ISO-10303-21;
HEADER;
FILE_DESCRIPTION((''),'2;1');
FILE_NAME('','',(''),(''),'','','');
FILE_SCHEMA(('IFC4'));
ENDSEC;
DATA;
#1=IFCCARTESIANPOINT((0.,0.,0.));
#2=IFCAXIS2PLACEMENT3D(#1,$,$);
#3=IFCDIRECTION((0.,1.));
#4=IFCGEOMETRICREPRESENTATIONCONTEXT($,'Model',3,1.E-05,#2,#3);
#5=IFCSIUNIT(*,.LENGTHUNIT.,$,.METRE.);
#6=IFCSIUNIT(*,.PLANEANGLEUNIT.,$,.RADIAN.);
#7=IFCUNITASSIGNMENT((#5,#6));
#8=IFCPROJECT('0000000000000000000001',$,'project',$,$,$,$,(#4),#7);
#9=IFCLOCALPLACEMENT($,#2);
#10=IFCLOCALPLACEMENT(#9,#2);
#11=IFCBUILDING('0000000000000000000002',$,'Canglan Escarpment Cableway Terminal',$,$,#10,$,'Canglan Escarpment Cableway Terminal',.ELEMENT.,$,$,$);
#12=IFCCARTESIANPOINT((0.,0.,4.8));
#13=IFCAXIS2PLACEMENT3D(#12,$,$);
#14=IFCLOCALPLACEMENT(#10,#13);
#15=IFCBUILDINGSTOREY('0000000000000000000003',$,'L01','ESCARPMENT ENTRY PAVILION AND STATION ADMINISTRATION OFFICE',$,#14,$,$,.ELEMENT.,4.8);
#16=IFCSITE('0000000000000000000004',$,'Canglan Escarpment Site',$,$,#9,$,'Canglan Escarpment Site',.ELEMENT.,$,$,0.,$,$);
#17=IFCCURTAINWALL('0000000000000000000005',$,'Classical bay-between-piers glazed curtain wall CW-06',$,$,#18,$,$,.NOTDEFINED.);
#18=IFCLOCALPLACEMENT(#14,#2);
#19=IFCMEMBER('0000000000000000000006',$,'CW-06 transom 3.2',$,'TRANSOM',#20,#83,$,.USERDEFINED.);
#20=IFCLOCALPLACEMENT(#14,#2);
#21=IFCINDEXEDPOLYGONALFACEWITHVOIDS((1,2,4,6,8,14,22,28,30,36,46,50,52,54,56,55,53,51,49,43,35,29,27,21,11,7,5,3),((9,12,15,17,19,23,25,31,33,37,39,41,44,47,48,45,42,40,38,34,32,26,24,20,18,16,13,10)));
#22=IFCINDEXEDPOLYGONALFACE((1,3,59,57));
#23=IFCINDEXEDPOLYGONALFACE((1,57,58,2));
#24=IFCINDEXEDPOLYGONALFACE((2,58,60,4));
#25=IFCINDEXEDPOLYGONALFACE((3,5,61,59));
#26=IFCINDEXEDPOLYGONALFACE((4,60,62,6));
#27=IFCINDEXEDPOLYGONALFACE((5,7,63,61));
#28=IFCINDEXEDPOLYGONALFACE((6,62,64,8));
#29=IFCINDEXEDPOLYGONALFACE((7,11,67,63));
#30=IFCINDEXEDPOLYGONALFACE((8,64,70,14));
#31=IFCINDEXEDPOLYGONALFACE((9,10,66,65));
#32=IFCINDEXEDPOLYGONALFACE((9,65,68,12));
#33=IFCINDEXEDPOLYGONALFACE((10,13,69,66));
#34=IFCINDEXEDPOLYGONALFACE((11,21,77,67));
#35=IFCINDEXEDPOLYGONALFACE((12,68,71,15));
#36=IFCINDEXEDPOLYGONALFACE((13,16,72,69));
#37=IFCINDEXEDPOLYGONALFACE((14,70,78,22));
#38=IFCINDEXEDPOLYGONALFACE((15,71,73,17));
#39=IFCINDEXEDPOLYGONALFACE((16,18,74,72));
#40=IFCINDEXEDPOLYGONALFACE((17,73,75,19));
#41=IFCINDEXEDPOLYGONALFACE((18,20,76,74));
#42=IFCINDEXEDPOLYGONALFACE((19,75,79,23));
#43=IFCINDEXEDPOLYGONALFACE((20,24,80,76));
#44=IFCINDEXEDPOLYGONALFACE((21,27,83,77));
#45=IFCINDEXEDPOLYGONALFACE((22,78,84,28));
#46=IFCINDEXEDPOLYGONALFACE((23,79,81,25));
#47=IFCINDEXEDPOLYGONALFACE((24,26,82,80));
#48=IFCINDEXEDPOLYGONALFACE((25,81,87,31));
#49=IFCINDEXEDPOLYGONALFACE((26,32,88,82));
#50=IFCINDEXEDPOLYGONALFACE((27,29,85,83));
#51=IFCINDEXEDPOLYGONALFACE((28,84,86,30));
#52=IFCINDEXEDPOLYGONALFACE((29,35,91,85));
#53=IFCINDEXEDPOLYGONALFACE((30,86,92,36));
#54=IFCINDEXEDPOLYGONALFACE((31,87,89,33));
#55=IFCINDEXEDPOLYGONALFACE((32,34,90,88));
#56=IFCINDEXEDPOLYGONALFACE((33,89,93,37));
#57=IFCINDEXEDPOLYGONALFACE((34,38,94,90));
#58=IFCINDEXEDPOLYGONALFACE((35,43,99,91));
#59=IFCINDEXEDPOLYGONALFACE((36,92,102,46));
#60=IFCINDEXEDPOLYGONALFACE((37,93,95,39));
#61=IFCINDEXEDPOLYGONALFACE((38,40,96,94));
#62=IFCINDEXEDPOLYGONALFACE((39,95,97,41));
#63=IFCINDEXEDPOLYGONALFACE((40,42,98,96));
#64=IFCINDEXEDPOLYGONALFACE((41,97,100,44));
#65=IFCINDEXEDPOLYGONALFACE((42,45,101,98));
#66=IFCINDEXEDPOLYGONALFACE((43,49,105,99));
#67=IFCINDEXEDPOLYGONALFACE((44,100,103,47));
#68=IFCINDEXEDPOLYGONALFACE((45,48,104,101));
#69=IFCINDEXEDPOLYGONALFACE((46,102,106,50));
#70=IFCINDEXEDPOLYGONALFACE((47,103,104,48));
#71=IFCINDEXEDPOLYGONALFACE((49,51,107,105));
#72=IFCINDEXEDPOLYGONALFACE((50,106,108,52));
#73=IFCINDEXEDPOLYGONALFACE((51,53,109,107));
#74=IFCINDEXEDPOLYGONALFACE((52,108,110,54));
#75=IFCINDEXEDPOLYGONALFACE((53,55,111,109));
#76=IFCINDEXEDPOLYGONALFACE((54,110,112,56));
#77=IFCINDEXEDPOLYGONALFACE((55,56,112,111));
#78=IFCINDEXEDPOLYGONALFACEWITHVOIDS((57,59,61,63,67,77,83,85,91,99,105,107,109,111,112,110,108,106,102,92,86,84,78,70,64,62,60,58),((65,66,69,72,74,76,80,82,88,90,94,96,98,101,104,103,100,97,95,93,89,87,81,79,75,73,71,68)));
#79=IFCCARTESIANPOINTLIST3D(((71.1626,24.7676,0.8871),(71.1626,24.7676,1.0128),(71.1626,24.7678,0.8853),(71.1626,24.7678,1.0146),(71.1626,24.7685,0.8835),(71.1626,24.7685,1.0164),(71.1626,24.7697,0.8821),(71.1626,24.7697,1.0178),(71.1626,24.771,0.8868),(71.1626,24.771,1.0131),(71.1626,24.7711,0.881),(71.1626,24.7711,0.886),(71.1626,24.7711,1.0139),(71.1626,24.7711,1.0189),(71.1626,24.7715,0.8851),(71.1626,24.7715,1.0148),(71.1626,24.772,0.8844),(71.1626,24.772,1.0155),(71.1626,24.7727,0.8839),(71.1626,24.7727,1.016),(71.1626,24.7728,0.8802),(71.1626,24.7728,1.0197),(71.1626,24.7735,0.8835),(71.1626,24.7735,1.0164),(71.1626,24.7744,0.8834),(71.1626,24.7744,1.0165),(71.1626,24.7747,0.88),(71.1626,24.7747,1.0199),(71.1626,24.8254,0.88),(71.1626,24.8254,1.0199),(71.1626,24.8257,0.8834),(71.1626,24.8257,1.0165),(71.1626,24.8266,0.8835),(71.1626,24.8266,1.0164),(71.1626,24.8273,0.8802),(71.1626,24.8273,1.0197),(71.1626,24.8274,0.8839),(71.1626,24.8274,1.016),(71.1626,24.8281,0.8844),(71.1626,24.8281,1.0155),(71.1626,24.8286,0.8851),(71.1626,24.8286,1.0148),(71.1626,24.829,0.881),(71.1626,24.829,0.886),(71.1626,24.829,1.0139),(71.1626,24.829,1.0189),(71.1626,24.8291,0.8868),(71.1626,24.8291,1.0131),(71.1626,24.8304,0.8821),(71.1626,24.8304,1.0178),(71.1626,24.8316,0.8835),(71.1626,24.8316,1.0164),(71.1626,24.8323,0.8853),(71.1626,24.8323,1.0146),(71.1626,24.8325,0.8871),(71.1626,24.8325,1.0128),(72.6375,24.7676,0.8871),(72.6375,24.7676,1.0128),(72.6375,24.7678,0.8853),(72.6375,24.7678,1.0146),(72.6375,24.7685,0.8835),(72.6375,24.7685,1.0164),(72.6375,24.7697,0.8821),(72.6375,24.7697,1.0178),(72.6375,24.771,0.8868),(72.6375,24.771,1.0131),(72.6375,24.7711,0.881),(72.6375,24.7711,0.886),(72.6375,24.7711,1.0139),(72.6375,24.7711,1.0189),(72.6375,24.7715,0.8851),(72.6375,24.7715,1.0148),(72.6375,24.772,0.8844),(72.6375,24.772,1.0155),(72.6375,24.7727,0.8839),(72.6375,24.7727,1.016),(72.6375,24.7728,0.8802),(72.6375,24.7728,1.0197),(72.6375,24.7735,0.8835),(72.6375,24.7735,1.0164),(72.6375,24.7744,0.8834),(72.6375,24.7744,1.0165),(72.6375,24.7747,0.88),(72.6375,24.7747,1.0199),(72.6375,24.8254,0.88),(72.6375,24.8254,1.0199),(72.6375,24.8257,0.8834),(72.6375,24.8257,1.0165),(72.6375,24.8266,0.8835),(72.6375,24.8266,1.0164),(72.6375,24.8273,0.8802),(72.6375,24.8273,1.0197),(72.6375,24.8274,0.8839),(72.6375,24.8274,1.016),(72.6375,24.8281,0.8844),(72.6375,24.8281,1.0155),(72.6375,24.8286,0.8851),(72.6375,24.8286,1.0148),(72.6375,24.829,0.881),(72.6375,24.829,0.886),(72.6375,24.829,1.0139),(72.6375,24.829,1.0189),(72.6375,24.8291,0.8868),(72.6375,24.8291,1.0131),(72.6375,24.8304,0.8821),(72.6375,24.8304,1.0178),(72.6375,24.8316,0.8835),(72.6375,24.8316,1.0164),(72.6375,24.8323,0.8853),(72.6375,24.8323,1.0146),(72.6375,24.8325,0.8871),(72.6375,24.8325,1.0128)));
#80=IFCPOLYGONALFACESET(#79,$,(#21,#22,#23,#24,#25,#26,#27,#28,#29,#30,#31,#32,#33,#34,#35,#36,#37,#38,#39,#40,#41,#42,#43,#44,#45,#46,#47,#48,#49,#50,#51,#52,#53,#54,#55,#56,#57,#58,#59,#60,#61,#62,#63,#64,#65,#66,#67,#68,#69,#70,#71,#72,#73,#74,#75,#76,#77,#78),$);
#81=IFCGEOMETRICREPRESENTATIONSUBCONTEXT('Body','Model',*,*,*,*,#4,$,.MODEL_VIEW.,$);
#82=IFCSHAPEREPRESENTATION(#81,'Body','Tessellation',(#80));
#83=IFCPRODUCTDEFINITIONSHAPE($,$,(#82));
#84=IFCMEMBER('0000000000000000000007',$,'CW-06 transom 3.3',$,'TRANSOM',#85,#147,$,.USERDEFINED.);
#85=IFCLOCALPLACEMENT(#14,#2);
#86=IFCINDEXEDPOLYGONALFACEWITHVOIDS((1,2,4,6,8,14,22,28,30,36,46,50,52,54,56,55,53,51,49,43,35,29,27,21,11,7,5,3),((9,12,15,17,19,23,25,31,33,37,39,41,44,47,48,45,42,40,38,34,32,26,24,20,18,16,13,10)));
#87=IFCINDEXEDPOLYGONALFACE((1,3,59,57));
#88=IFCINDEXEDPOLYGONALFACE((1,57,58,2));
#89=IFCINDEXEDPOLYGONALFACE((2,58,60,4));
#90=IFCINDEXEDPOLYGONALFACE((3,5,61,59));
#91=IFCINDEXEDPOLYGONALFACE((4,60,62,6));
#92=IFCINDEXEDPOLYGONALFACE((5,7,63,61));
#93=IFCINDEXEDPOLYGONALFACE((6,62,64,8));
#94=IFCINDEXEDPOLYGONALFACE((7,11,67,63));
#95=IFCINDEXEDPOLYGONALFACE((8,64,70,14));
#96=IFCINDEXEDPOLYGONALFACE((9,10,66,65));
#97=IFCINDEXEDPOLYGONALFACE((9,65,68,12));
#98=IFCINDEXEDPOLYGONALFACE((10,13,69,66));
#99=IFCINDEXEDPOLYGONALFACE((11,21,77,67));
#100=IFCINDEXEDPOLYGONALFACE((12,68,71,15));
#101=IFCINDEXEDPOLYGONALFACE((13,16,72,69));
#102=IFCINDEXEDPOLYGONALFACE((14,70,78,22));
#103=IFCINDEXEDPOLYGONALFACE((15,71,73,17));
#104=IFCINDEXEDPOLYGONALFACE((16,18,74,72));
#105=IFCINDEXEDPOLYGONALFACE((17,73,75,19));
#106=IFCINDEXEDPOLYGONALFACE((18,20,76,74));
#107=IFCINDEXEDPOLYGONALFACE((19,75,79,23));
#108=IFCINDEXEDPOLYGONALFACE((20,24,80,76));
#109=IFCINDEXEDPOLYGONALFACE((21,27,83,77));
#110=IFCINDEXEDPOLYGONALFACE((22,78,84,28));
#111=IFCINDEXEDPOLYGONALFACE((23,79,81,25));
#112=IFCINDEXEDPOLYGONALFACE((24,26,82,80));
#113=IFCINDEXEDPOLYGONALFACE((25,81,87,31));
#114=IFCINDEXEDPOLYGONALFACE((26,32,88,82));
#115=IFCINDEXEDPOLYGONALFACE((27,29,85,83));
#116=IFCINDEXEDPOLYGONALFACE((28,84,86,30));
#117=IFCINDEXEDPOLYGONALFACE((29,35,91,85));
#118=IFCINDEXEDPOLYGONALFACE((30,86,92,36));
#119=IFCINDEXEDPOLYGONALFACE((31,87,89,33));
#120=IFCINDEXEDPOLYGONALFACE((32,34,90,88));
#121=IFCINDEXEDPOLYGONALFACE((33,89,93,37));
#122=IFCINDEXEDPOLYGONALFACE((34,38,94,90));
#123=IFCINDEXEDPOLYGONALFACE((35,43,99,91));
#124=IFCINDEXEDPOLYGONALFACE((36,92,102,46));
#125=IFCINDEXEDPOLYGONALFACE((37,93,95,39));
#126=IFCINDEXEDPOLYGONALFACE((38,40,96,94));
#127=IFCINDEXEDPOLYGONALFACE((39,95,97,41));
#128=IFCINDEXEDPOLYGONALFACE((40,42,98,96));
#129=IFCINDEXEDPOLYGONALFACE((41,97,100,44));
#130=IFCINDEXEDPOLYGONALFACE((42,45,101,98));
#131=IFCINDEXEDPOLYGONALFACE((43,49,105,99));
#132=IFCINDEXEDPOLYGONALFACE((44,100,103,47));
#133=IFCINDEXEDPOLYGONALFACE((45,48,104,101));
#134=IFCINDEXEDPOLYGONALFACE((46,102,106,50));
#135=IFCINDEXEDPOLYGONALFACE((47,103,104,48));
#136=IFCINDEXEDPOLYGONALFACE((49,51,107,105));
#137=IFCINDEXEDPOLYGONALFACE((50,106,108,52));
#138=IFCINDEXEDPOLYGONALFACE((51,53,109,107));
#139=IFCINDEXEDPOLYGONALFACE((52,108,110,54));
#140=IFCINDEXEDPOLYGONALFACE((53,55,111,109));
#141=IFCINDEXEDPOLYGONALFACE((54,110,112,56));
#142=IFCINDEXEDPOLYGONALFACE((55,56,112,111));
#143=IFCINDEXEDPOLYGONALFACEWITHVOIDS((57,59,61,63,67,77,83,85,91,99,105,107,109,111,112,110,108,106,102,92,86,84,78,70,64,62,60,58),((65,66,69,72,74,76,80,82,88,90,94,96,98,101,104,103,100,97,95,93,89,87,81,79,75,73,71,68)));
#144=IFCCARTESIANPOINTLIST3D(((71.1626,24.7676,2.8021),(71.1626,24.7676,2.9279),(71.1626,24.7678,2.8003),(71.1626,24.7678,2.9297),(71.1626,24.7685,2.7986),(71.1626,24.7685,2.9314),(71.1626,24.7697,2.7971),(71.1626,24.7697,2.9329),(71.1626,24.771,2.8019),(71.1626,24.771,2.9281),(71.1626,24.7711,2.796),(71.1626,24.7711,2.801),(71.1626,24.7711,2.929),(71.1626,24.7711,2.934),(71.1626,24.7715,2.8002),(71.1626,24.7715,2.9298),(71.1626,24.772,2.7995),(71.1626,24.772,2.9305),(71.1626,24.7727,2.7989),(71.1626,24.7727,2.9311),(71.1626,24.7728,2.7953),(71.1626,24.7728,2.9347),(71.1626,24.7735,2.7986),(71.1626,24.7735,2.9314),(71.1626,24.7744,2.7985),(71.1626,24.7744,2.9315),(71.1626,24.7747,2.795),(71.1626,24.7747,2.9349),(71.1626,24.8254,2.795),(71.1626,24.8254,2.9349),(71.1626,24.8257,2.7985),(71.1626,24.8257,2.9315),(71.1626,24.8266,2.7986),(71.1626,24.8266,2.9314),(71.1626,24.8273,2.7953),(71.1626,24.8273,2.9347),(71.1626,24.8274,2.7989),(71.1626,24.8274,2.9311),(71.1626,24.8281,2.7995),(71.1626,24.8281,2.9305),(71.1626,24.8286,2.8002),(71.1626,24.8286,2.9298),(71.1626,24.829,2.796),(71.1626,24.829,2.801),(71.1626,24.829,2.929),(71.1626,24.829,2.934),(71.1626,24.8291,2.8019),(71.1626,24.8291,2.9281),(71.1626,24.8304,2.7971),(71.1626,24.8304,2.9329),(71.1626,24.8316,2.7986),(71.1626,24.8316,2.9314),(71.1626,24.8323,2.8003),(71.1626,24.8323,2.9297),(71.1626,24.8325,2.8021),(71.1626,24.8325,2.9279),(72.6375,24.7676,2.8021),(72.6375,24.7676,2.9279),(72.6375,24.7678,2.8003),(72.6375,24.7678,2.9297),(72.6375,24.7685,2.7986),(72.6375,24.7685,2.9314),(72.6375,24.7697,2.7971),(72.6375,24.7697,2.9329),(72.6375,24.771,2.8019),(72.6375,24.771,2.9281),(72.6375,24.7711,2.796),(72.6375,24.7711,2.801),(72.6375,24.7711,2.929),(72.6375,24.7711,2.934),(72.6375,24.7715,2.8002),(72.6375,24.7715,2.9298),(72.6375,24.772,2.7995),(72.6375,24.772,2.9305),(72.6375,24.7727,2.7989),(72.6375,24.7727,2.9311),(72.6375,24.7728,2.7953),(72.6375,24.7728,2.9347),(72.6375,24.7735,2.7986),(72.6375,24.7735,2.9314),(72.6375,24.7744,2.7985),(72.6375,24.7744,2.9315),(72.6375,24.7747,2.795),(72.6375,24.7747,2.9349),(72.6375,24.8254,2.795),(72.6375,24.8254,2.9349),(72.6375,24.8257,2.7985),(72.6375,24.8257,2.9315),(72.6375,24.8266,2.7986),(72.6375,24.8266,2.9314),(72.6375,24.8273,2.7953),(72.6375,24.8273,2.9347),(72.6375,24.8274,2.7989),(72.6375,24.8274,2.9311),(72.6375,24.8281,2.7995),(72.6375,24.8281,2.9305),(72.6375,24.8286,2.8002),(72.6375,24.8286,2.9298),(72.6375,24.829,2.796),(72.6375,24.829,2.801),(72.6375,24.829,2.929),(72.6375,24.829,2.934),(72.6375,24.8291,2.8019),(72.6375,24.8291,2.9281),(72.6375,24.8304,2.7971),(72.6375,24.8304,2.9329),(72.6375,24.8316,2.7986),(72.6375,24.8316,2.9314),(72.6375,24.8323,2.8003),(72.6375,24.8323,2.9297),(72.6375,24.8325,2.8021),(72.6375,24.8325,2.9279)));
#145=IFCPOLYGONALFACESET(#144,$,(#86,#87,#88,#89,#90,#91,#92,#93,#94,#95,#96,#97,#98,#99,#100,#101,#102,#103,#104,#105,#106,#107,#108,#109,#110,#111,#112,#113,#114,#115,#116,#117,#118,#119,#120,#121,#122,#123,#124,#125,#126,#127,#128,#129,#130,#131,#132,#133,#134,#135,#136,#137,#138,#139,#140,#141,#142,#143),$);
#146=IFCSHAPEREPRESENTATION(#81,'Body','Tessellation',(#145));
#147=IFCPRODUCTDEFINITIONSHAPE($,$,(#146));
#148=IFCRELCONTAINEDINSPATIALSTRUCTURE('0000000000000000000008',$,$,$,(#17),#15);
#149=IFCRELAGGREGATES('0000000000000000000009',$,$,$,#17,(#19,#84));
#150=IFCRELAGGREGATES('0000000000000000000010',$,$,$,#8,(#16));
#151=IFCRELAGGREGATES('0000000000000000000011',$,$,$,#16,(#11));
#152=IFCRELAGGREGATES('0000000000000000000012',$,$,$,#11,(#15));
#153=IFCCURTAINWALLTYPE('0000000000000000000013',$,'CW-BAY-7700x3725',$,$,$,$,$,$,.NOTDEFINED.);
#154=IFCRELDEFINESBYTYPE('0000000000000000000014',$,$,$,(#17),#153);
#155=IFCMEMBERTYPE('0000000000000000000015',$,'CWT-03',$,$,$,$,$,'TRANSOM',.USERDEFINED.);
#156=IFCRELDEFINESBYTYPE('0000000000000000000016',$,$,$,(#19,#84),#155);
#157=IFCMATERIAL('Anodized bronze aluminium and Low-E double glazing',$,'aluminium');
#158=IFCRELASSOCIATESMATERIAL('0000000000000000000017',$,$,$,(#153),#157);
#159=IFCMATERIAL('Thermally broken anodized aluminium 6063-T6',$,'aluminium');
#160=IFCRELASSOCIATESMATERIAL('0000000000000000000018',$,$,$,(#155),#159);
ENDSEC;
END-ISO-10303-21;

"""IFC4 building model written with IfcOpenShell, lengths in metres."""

from ifc_helpers import new_model, si_unit, direction, frame, origin, origin_2d, place, context, subcontext, project, spatial, hollow_rectangle, extrude, material, material_profile, profile_set, type_object, element, aggregate, save


model = new_model("IFC4")

# Units and contexts
model_context = context("Model", 3, precision=1e-05, world=origin(), true_north=direction((0.0, 1.0)))
body_context = subcontext(model_context, "Body", "Model", "MODEL_VIEW")
ifc_project = project(units=[si_unit("LENGTHUNIT", "METRE"), si_unit("PLANEANGLEUNIT", "RADIAN")], contexts=[model_context])

# Site, building, storey
site_placement = place(None, origin())
site = spatial("IfcSite", under=ifc_project, at=site_placement, Name="Canglan Escarpment Site", LongName="Canglan Escarpment Site", CompositionType="ELEMENT", RefElevation=0.0)
building_placement = place(site_placement, origin())
building = spatial("IfcBuilding", under=site, at=building_placement, Name="Canglan Escarpment Cableway Terminal", LongName="Canglan Escarpment Cableway Terminal", CompositionType="ELEMENT")
storey_placement = place(building_placement, frame((0.0, 0.0, 4.8)))
storey = spatial("IfcBuildingStorey", under=building, at=storey_placement, Name="L01", Description="ESCARPMENT ENTRY PAVILION AND STATION ADMINISTRATION OFFICE", CompositionType="ELEMENT", Elevation=4.8)

# Curtain wall, members
ifc_material_1 = material(Name="Anodized bronze aluminium and Low-E double glazing", Category="aluminium")
curtain_wall_type = type_object("IfcCurtainWallType", Name="CW-BAY-7700x3725", PredefinedType="NOTDEFINED", material=ifc_material_1)
curtain_wall_placement = place(storey_placement, origin())
curtain_wall = element("IfcCurtainWall", 1, at=curtain_wall_placement, inside=storey, type_object=curtain_wall_type, Name="Classical bay-between-piers glazed curtain wall CW-06", PredefinedType="NOTDEFINED")
ifc_material_2 = material(Name="Thermally broken anodized aluminium 6063-T6", Category="aluminium")
ifc_material_profile_1 = material_profile(ifc_material_2, hollow_rectangle(XDim=0.0649, YDim=0.1399, WallThickness=0.0034, InnerFilletRadius=0.0034, OuterFilletRadius=0.0071, at=origin_2d()), Name="ALU-TRAN 65x140x3.5")
ifc_profile_set_1 = profile_set([ifc_material_profile_1], Name="Thermally broken anodized aluminium 6063-T6")
member_type_1 = type_object("IfcMemberType", Name="CWT-03", ElementType="TRANSOM", PredefinedType="USERDEFINED", material=ifc_profile_set_1)
member_1_placement = place(storey_placement, frame((72.6375, 24.8, 0.95), z_axis=(-1.0, 0.0, 0.0), x_axis=(0.0, -1.0, 0.0)))
member_1 = element("IfcMember", 2, at=member_1_placement, type_object=member_type_1, Name="CW-06 transom 3.2", ObjectType="TRANSOM", PredefinedType="USERDEFINED", context=body_context, shape_type="SweptSolid", body=[
    extrude(hollow_rectangle(XDim=0.0649, YDim=0.1399, WallThickness=0.0034, InnerFilletRadius=0.0034, OuterFilletRadius=0.0071, at=origin_2d()), origin(), (0.0, 0.0, 1.0), 1.4749),
])
member_2_placement = place(storey_placement, frame((72.6375, 24.8, 2.865), z_axis=(-1.0, 0.0, 0.0), x_axis=(0.0, -1.0, 0.0)))
member_2 = element("IfcMember", 3, at=member_2_placement, type_object=member_type_1, Name="CW-06 transom 3.3", ObjectType="TRANSOM", PredefinedType="USERDEFINED", context=body_context, shape_type="SweptSolid", body=[
    extrude(hollow_rectangle(XDim=0.0649, YDim=0.1399, WallThickness=0.0034, InnerFilletRadius=0.0034, OuterFilletRadius=0.0071, at=origin_2d()), origin(), (0.0, 0.0, 1.0), 1.4749),
])
aggregate(curtain_wall, [member_1, member_2])

save(model, "model.ifc")
